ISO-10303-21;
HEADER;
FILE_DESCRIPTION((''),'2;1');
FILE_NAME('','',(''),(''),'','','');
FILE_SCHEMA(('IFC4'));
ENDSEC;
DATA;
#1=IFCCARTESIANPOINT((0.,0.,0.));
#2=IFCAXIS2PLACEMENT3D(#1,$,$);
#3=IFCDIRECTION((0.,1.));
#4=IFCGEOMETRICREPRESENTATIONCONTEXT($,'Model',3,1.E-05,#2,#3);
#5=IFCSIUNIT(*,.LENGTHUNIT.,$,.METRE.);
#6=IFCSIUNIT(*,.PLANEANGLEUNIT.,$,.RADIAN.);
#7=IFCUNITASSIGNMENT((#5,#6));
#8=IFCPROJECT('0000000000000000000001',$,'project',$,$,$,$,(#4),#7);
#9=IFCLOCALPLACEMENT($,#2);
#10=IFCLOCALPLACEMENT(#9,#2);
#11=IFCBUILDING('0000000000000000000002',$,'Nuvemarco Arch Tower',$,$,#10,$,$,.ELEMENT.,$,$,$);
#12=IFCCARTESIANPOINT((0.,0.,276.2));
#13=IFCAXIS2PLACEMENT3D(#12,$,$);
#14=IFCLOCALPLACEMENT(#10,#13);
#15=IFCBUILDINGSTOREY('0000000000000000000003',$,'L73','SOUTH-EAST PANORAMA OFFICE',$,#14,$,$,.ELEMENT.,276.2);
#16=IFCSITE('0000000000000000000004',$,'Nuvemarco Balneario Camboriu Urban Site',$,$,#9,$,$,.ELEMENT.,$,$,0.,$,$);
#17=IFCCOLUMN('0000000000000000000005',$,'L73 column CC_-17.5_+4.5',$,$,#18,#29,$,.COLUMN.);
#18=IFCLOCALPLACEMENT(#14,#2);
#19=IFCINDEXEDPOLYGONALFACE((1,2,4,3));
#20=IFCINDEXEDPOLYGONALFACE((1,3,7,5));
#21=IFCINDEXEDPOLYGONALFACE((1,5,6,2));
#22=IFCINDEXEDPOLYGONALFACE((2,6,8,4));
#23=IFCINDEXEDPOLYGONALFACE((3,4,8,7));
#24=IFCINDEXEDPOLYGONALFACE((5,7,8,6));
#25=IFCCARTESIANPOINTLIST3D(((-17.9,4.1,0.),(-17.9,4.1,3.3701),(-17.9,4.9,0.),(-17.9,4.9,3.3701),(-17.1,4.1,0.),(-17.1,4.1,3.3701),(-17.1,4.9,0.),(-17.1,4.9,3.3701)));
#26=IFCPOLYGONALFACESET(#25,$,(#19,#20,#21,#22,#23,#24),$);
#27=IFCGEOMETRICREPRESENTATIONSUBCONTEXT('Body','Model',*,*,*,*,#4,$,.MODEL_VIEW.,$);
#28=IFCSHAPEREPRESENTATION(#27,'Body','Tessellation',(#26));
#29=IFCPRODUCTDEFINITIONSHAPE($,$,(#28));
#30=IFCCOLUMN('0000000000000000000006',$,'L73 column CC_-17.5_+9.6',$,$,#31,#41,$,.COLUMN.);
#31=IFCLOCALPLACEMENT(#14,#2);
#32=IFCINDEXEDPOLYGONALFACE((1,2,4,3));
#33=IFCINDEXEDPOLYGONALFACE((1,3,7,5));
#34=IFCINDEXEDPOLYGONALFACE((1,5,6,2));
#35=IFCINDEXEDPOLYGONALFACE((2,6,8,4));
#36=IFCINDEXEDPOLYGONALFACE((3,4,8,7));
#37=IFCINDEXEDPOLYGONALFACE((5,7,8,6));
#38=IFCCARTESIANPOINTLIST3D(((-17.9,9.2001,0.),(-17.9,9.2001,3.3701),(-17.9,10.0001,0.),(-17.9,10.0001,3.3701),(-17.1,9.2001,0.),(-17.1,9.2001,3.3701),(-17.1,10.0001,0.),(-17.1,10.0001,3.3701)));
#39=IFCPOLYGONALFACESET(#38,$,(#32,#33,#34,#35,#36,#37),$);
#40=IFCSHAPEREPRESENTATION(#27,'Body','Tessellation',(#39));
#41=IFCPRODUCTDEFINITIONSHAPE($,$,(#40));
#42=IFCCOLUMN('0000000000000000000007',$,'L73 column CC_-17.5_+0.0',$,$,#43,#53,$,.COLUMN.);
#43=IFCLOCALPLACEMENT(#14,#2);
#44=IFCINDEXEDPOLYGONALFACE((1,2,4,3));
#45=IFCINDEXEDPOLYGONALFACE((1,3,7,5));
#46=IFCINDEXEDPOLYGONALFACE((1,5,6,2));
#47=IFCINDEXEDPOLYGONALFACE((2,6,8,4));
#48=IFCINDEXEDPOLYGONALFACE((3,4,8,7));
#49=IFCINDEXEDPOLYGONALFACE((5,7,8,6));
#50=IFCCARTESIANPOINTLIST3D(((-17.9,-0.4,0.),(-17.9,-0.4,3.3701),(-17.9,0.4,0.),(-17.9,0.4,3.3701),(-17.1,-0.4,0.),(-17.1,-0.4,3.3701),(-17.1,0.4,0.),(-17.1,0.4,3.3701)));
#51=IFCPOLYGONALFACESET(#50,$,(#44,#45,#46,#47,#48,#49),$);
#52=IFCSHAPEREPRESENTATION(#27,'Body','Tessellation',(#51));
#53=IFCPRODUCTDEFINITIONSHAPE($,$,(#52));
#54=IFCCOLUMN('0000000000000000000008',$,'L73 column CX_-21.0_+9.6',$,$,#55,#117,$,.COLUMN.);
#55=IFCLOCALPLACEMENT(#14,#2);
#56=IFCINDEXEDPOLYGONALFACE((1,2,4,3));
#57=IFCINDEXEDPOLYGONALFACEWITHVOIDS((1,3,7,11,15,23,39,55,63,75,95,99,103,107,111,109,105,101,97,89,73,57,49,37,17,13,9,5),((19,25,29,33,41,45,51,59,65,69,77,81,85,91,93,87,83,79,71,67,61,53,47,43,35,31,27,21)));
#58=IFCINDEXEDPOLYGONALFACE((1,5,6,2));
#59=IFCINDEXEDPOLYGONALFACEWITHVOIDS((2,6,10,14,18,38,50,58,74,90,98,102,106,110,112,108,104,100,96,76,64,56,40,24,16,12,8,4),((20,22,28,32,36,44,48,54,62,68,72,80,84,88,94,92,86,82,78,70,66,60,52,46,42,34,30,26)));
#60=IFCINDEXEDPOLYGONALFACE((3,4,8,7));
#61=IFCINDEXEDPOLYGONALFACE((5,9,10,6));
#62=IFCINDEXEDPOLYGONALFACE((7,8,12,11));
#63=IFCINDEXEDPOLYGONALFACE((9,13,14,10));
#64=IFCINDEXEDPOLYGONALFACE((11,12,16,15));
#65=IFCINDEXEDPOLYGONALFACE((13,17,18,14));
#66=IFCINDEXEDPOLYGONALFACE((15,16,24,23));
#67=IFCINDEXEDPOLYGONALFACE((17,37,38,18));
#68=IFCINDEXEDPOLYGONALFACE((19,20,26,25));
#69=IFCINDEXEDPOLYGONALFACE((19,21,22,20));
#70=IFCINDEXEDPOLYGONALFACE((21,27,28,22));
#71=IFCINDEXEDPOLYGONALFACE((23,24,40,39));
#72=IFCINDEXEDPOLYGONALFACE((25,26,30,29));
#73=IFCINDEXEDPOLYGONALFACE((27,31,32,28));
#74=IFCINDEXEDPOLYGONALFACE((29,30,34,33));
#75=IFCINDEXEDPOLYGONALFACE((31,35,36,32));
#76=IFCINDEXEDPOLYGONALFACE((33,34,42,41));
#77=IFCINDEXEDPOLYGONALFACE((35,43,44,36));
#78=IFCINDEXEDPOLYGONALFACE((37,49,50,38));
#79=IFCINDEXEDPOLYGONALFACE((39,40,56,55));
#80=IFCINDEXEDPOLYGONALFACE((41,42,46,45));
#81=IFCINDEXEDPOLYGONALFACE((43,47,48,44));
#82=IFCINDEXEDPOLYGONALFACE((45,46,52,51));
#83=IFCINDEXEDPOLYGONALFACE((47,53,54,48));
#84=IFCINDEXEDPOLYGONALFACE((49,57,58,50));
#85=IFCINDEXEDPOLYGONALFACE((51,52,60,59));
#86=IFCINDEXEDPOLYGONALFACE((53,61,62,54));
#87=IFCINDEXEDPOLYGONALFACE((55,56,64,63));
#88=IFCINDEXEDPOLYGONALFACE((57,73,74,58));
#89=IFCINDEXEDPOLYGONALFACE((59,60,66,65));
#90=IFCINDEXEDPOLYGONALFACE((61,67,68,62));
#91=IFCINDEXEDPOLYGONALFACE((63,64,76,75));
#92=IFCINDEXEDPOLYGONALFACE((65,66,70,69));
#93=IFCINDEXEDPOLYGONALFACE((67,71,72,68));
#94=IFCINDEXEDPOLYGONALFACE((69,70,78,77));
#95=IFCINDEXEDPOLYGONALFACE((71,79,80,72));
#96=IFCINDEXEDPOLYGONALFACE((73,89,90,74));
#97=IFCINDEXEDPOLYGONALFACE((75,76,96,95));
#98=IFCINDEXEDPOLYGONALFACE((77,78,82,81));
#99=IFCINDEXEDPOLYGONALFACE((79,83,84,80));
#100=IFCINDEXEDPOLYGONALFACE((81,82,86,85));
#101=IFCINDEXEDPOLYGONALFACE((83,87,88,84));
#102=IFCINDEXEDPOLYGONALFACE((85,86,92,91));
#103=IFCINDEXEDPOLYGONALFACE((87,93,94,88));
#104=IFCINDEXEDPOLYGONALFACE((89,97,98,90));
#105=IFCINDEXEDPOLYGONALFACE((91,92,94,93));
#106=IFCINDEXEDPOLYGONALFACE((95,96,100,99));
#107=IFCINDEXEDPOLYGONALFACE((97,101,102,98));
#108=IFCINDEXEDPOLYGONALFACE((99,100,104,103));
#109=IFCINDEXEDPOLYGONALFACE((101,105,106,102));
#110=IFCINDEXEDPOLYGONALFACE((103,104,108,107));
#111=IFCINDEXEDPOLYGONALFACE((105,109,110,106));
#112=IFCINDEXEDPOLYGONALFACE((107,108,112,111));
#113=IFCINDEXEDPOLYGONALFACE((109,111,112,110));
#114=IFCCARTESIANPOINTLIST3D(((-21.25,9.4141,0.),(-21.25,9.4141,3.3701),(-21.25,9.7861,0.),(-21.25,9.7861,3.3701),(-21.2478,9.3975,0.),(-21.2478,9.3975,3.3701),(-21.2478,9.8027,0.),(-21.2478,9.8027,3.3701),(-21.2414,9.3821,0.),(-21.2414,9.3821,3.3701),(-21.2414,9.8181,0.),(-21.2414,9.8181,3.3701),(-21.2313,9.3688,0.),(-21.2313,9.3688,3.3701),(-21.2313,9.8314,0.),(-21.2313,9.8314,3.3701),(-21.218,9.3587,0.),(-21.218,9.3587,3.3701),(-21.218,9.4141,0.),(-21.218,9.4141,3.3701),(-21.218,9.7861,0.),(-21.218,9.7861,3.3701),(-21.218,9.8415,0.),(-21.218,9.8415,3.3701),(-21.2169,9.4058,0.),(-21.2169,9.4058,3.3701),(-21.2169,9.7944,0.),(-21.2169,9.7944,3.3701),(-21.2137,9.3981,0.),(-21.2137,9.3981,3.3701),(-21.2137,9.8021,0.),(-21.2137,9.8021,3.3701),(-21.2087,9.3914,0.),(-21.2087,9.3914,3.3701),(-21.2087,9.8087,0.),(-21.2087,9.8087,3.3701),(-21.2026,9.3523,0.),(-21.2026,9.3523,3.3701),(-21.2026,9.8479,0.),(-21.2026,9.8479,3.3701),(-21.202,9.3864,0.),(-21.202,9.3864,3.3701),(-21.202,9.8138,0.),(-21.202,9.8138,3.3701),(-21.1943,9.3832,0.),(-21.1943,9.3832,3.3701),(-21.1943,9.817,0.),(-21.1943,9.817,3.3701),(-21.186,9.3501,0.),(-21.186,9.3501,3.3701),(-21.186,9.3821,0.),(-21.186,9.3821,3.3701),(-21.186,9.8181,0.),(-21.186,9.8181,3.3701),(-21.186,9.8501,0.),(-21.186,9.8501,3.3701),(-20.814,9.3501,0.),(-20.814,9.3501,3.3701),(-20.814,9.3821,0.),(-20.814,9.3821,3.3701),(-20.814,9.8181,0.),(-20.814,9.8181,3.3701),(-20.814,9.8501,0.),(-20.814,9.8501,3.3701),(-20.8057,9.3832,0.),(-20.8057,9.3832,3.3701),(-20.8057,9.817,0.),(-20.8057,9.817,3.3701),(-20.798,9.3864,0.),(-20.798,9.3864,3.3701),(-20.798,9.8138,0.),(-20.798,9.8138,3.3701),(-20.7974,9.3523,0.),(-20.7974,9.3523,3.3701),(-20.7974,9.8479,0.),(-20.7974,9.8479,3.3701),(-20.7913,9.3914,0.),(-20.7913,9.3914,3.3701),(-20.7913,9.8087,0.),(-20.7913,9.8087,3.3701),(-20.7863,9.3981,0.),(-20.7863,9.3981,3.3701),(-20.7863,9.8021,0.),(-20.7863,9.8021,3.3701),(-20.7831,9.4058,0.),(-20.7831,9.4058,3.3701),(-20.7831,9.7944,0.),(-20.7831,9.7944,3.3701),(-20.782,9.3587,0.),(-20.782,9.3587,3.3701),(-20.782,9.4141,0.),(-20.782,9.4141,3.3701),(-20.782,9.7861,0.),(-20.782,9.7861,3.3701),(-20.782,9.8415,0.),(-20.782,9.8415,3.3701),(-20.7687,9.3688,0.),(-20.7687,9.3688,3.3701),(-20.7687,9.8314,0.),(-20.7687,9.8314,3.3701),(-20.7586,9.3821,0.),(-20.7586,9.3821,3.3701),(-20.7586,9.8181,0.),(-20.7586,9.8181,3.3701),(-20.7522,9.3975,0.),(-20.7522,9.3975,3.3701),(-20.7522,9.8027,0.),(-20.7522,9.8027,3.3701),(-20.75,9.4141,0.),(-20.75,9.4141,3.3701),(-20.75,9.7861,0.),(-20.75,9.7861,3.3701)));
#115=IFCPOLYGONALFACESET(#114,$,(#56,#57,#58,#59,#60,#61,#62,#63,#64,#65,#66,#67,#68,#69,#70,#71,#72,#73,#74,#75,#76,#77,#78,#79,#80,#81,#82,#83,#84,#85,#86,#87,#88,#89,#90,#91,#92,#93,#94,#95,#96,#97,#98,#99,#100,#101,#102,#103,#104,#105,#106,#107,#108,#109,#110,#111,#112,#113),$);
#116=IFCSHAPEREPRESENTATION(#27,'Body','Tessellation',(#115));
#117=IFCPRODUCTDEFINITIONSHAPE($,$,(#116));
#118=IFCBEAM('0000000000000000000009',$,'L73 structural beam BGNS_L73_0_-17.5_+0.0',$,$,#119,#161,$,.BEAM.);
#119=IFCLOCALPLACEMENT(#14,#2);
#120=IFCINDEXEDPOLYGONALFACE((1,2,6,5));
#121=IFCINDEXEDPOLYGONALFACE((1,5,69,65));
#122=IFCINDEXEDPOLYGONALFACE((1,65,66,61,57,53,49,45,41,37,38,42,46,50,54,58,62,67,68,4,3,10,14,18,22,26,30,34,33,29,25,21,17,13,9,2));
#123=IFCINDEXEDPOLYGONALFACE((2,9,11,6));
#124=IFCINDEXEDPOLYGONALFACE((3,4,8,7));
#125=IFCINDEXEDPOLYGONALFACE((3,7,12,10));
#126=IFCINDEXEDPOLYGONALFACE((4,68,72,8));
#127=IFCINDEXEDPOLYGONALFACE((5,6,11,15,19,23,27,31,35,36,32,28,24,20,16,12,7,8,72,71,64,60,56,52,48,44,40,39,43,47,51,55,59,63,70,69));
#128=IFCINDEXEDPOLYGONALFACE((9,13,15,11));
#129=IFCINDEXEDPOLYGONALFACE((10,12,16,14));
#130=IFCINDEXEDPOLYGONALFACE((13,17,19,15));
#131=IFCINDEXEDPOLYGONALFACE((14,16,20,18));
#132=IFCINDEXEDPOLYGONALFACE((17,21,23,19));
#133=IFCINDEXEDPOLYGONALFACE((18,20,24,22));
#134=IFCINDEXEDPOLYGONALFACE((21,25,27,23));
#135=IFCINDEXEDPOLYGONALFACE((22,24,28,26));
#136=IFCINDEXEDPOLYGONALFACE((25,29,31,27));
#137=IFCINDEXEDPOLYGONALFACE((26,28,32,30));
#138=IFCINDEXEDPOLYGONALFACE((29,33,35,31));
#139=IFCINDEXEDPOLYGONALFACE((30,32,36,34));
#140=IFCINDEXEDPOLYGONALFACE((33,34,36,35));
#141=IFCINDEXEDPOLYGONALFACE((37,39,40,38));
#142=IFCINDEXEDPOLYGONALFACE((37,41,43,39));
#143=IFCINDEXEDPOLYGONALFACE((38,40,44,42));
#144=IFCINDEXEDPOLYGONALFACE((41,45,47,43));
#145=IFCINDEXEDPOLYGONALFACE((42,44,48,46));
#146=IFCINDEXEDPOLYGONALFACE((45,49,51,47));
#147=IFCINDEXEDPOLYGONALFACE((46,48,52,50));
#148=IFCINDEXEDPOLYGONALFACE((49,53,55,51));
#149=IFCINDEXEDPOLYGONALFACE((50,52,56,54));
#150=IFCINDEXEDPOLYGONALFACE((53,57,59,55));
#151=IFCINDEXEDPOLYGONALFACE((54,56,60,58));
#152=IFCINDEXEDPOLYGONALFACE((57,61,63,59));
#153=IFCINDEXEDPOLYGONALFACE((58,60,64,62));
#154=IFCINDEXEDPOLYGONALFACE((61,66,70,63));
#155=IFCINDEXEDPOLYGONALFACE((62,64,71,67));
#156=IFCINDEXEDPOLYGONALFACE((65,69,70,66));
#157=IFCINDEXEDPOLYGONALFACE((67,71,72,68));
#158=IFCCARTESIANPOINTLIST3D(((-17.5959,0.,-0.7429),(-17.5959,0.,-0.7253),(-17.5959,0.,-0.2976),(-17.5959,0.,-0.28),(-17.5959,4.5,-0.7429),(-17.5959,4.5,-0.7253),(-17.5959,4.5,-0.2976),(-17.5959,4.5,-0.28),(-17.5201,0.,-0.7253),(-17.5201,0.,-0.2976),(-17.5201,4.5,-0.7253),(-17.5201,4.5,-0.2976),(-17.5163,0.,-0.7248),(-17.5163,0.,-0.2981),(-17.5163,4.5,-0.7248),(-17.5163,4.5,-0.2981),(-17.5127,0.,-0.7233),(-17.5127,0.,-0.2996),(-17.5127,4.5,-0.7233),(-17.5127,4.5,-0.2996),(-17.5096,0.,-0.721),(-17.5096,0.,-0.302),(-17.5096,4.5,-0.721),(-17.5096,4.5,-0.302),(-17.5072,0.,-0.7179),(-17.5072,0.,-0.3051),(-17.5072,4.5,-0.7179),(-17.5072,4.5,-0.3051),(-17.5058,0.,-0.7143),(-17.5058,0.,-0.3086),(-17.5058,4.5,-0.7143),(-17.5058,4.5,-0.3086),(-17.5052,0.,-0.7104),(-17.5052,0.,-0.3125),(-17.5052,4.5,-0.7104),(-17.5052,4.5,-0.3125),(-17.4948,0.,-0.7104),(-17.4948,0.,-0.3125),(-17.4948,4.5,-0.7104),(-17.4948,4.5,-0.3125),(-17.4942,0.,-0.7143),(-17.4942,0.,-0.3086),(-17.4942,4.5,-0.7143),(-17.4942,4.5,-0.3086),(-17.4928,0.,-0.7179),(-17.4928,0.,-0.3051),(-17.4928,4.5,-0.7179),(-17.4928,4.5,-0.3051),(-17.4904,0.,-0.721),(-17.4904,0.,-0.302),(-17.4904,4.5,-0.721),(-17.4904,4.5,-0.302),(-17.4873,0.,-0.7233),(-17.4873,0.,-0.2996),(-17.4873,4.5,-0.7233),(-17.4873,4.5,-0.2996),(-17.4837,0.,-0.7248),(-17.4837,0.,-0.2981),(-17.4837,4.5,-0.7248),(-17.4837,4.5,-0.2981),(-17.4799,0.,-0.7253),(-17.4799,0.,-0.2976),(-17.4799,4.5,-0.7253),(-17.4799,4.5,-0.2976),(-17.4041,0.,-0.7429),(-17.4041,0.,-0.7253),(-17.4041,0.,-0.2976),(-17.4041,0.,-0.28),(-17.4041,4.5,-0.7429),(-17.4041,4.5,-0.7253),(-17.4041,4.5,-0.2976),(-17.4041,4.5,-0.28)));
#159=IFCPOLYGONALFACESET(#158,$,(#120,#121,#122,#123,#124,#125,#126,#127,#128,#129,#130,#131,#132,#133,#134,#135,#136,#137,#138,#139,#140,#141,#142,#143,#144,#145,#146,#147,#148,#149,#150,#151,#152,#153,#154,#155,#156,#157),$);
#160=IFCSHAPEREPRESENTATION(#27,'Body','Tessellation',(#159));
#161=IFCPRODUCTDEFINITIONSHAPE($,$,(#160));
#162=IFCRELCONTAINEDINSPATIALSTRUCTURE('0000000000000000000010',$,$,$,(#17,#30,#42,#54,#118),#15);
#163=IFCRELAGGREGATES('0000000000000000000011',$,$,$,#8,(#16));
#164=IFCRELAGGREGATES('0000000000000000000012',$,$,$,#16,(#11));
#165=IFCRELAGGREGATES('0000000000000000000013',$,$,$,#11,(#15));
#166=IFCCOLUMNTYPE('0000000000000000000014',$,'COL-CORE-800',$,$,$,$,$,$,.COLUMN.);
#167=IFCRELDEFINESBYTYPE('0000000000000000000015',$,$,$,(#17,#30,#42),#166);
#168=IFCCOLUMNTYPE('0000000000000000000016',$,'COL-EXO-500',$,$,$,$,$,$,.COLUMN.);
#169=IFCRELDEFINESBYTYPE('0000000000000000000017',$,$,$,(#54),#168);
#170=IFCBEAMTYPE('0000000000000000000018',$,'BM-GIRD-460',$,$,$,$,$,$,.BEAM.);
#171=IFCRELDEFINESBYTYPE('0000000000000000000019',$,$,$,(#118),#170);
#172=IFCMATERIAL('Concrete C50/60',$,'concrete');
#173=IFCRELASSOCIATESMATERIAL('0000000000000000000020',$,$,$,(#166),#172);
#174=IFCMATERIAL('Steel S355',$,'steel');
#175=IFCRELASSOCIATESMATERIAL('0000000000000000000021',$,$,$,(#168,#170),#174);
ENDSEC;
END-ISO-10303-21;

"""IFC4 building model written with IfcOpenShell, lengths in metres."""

from ifc_helpers import new_model, si_unit, direction, frame, origin, origin_2d, place, context, subcontext, project, spatial, rectangle, hollow_rectangle, i_section, extrude, material, material_profile, profile_set, type_object, element, save


model = new_model("IFC4")

# Units and contexts
model_context = context("Model", 3, precision=1e-05, world=origin(), true_north=direction((0.0, 1.0)))
body_context = subcontext(model_context, "Body", "Model", "MODEL_VIEW")
ifc_project = project(units=[si_unit("LENGTHUNIT", "METRE"), si_unit("PLANEANGLEUNIT", "RADIAN")], contexts=[model_context])

# Site, building, storey
site_placement = place(None, origin())
site = spatial("IfcSite", under=ifc_project, at=site_placement, Name="Nuvemarco Balneario Camboriu Urban Site", CompositionType="ELEMENT", RefElevation=0.0)
building_placement = place(site_placement, origin())
building = spatial("IfcBuilding", under=site, at=building_placement, Name="Nuvemarco Arch Tower", CompositionType="ELEMENT")
storey_placement = place(building_placement, frame((0.0, 0.0, 276.2)))
storey = spatial("IfcBuildingStorey", under=building, at=storey_placement, Name="L73", Description="SOUTH-EAST PANORAMA OFFICE", CompositionType="ELEMENT", Elevation=276.2)

# Columns
ifc_material_1 = material(Name="Concrete C50/60", Category="concrete")
ifc_material_profile_1 = material_profile(ifc_material_1, rectangle(XDim=0.8, YDim=0.8, at=origin_2d()), Name="RC-COL-800x800")
ifc_profile_set_1 = profile_set([ifc_material_profile_1], Name="Concrete C50/60")
column_type_1 = type_object("IfcColumnType", Name="COL-CORE-800", PredefinedType="COLUMN", material=ifc_profile_set_1)
for number, where, z_axis, x_axis, name in (
    (1, (-17.5, 4.5, 0.0), (0.0, 0.0, 1.0), (1.0, 0.0, 0.0), "L73 column CC_-17.5_+4.5"),
    (2, (-17.5, 9.6001, 0.0), (0.0, 0.0, 1.0), (1.0, 0.0, 0.0), "L73 column CC_-17.5_+9.6"),
    (3, (-17.5, 0.0, 0.0), (0.0, 0.0, 1.0), (1.0, 0.0, 0.0), "L73 column CC_-17.5_+0.0"),
):
    element("IfcColumn", number, at=place(storey_placement, frame(where, z_axis=z_axis, x_axis=x_axis)), inside=storey, type_object=column_type_1, Name=name, PredefinedType="COLUMN", context=body_context, shape_type="SweptSolid", body=[
        extrude(rectangle(XDim=0.8, YDim=0.8, at=origin_2d()), origin(), (0.0, 0.0, 1.0), 3.3701),
    ])
ifc_material_2 = material(Name="Steel S355", Category="steel")
ifc_material_profile_2 = material_profile(ifc_material_2, hollow_rectangle(XDim=0.5, YDim=0.5, WallThickness=0.032, InnerFilletRadius=0.032, OuterFilletRadius=0.064, at=origin_2d()), Name="SHS500x500x32")
ifc_profile_set_2 = profile_set([ifc_material_profile_2], Name="Steel S355")
column_type_2 = type_object("IfcColumnType", Name="COL-EXO-500", PredefinedType="COLUMN", material=ifc_profile_set_2)
column_placement = place(storey_placement, frame((-21.0, 9.6001, 0.0), z_axis=(0.0, 0.0, 1.0), x_axis=(1.0, 0.0, 0.0)))
element("IfcColumn", 4, at=column_placement, inside=storey, type_object=column_type_2, Name="L73 column CX_-21.0_+9.6", PredefinedType="COLUMN", context=body_context, shape_type="SweptSolid", body=[
    extrude(hollow_rectangle(XDim=0.5, YDim=0.5, WallThickness=0.032, InnerFilletRadius=0.032, OuterFilletRadius=0.064, at=origin_2d()), origin(), (0.0, 0.0, 1.0), 3.3701),
])

# Beam
ifc_material_profile_3 = material_profile(ifc_material_2, i_section(OverallWidth=0.1919, OverallDepth=0.4629, WebThickness=0.0105, FlangeThickness=0.0176, FilletRadius=0.0149, at=origin_2d()), Name="W460x89")
ifc_profile_set_3 = profile_set([ifc_material_profile_3], Name="Steel S355")
beam_type_1 = type_object("IfcBeamType", Name="BM-GIRD-460", PredefinedType="BEAM", material=ifc_profile_set_3)
beam_1_placement = place(storey_placement, frame((-17.5, 0.0, -0.5115), z_axis=(0.0, 1.0, 0.0), x_axis=(-1.0, 0.0, 0.0)))
element("IfcBeam", 5, at=beam_1_placement, inside=storey, type_object=beam_type_1, Name="L73 structural beam BGNS_L73_0_-17.5_+0.0", PredefinedType="BEAM", context=body_context, shape_type="SweptSolid", body=[
    extrude(i_section(OverallWidth=0.1919, OverallDepth=0.4629, WebThickness=0.0105, FlangeThickness=0.0176, FilletRadius=0.0149, at=origin_2d()), origin(), (0.0, 0.0, 1.0), 4.5),
])

save(model, "model.ifc")
